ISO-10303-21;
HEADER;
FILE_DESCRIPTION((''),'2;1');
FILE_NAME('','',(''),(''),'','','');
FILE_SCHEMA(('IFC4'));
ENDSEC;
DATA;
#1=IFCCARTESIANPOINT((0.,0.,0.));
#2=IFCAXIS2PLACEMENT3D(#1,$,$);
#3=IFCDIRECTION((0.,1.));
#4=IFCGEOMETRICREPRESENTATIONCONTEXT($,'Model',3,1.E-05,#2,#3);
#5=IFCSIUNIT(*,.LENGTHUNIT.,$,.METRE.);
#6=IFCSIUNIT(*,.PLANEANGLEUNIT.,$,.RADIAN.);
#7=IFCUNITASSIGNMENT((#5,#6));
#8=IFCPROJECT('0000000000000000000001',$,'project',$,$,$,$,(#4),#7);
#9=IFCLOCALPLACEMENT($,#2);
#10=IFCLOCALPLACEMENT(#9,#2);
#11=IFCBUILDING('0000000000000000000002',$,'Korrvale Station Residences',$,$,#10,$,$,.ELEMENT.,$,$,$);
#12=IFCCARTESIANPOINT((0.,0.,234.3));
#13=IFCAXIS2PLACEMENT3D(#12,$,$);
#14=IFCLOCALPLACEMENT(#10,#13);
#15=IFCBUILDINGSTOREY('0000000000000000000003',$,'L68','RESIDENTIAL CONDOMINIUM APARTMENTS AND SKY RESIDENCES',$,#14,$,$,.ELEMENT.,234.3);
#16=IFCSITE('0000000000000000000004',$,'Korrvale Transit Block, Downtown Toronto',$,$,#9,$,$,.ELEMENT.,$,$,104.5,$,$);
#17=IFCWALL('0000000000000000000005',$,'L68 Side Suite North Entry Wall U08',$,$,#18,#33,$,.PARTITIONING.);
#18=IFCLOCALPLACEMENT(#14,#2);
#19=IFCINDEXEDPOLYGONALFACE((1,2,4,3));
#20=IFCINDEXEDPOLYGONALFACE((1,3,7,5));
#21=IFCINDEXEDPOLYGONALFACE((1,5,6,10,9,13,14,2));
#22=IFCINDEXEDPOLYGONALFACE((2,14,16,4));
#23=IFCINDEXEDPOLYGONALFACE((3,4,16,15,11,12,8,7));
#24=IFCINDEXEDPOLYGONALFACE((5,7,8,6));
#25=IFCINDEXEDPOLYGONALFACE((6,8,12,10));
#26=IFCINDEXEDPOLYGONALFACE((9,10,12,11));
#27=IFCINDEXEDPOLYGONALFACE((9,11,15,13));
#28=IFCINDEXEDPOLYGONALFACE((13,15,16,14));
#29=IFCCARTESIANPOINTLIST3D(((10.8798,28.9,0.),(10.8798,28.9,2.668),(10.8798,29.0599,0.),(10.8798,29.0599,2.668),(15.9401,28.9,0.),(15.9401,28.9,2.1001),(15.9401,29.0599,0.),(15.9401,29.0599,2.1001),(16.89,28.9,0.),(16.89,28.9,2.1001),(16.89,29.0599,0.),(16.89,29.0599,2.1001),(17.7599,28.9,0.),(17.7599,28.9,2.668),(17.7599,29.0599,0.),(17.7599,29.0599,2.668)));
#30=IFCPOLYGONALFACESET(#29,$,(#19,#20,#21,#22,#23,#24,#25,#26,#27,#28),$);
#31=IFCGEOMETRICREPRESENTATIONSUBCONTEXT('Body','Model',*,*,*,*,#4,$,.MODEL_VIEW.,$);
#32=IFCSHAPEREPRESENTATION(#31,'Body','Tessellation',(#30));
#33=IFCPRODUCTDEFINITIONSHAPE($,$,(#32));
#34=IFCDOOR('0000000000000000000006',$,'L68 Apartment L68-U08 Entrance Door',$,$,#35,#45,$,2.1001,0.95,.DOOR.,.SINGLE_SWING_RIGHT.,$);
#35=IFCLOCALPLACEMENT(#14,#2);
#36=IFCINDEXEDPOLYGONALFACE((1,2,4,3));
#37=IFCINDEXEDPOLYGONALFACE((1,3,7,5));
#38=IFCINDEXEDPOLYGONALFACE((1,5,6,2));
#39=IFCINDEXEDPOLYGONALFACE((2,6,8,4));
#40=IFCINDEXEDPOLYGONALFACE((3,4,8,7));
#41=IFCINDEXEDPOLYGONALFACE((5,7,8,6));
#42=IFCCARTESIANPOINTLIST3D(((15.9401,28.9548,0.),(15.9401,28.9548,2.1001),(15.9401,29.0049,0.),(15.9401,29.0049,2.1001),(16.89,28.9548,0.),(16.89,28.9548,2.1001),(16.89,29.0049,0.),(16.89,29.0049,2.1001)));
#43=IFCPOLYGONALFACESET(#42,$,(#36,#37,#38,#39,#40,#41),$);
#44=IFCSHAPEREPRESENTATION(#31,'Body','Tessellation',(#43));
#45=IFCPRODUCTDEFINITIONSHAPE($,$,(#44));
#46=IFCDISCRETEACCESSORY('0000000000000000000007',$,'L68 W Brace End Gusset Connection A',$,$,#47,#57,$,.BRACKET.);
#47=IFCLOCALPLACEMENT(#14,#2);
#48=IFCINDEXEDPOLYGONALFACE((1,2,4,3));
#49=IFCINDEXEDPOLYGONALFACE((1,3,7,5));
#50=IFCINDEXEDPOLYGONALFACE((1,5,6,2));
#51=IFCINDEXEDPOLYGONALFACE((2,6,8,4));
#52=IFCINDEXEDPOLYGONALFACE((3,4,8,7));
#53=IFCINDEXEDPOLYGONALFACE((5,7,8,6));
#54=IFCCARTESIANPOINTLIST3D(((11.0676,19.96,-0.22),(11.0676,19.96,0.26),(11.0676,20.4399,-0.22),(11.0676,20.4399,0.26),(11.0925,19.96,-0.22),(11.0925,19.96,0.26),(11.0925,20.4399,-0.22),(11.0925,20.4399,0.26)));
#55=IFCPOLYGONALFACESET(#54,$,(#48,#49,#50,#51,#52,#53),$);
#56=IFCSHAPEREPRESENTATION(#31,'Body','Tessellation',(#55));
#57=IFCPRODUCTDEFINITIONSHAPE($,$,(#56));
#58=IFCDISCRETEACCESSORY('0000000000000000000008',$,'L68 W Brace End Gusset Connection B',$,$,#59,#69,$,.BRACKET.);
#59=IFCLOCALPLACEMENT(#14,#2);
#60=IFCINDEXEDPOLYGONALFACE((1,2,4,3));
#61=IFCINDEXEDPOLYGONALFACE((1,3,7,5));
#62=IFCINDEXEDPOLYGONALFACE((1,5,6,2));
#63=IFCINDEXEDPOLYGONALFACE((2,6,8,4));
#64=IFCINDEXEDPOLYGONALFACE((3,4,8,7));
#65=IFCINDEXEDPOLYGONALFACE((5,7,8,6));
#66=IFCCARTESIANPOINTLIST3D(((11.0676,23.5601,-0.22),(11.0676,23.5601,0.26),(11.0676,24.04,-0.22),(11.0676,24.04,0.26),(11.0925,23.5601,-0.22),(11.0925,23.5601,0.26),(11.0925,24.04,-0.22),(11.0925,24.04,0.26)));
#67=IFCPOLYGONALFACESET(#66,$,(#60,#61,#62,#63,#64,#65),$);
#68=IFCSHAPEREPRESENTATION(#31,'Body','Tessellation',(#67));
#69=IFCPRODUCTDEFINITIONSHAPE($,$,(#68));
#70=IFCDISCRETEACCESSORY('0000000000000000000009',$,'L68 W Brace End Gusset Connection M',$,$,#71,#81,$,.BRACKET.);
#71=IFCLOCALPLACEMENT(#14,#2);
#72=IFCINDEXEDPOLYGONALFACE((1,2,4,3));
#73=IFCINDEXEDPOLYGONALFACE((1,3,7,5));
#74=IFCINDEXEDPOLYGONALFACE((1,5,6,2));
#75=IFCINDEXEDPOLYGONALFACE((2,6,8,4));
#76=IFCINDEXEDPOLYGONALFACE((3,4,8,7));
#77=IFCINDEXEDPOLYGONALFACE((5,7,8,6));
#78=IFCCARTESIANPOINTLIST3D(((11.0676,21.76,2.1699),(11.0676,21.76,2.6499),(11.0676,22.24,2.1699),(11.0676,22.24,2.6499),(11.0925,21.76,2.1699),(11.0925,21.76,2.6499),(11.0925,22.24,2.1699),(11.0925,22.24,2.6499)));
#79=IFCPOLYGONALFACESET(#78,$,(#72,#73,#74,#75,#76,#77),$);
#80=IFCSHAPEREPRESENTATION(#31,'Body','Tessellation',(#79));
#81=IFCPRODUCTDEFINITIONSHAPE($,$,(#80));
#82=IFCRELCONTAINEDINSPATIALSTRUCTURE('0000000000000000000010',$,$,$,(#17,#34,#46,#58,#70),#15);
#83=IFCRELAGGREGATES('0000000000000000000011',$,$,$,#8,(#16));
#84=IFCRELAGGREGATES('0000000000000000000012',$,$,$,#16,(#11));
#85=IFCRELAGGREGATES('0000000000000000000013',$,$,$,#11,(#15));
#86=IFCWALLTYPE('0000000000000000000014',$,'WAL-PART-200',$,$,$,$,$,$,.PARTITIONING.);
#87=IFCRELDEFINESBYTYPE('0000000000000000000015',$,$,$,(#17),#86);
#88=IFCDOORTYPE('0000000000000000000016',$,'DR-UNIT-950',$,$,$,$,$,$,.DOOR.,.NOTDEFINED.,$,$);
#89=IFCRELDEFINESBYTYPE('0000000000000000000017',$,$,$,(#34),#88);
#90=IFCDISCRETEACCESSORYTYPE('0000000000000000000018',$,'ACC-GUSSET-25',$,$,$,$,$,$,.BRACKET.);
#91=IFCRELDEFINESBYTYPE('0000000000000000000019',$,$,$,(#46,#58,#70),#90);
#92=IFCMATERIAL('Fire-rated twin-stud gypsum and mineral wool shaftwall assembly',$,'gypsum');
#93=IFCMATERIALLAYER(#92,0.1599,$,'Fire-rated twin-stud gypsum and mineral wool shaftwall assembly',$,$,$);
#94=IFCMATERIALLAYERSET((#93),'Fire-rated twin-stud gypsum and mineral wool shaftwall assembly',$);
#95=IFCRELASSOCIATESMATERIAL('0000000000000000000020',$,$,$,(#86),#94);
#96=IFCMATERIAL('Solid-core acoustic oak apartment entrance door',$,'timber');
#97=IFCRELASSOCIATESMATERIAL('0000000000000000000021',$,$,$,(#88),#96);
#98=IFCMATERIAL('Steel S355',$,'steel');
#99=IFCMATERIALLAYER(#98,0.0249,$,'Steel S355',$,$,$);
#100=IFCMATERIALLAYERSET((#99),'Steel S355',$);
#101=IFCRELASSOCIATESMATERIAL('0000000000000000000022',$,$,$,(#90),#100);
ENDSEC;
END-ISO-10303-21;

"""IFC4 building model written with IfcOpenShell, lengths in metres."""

from ifc_helpers import new_model, si_unit, direction, frame, frame_2d, origin, origin_2d, place, context, subcontext, project, spatial, rectangle, extrude, material, layer, layer_set, type_object, element, fill, save


model = new_model("IFC4")

# Units and contexts
model_context = context("Model", 3, precision=1e-05, world=origin(), true_north=direction((0.0, 1.0)))
body_context = subcontext(model_context, "Body", "Model", "MODEL_VIEW")
ifc_project = project(units=[si_unit("LENGTHUNIT", "METRE"), si_unit("PLANEANGLEUNIT", "RADIAN")], contexts=[model_context])

# Site, building, storey
site_placement = place(None, origin())
site = spatial("IfcSite", under=ifc_project, at=site_placement, Name="Korrvale Transit Block, Downtown Toronto", CompositionType="ELEMENT", RefElevation=104.5)
building_placement = place(site_placement, origin())
building = spatial("IfcBuilding", under=site, at=building_placement, Name="Korrvale Station Residences", CompositionType="ELEMENT")
storey_placement = place(building_placement, frame((0.0, 0.0, 234.3)))
storey = spatial("IfcBuildingStorey", under=building, at=storey_placement, Name="L68", Description="RESIDENTIAL CONDOMINIUM APARTMENTS AND SKY RESIDENCES", CompositionType="ELEMENT", Elevation=234.3)

# Shared definitions
ifc_material_1 = material(Name="Steel S355", Category="steel")

# Shared definitions
ifc_material_2 = material(Name="Fire-rated twin-stud gypsum and mineral wool shaftwall assembly", Category="gypsum")
ifc_layer_1 = layer(ifc_material_2, 0.1599, Name="Fire-rated twin-stud gypsum and mineral wool shaftwall assembly")
ifc_layer_set_1 = layer_set([ifc_layer_1], Name="Fire-rated twin-stud gypsum and mineral wool shaftwall assembly")
wall_type_1 = type_object("IfcWallType", Name="WAL-PART-200", PredefinedType="PARTITIONING", material=ifc_layer_set_1)

# Wall, opening, door
wall_1_placement = place(storey_placement, frame((10.8799, 28.98, 0.0), z_axis=(0.0, 0.0, 1.0), x_axis=(1.0, 0.0, 0.0)))
wall_1 = element("IfcWall", 1, at=wall_1_placement, inside=storey, type_object=wall_type_1, Name="L68 Side Suite North Entry Wall U08", PredefinedType="PARTITIONING", context=body_context, shape_type="SweptSolid", body=[
    extrude(rectangle(XDim=6.8801, YDim=0.1599, at=frame_2d((3.4399, 0.0))), origin(), (0.0, 0.0, 1.0), 2.668),
])
opening_1_placement = place(wall_1_placement, frame((5.0601, 0.0, 0.0)))
opening_1 = element("IfcOpeningElement", 2, at=opening_1_placement, cuts=wall_1, PredefinedType="OPENING", context=body_context, shape_type="SweptSolid", body=[
    extrude(rectangle(XDim=0.95, YDim=2.1001, at=frame_2d((0.4751, 1.05))), frame((0.0, 0.0898, 0.0), z_axis=(0.0, -1.0, 0.0), x_axis=(1.0, 0.0, 0.0)), (0.0, 0.0, 1.0), 0.1799),
])
ifc_material_3 = material(Name="Solid-core acoustic oak apartment entrance door", Category="timber")
door_type_1 = type_object("IfcDoorType", Name="DR-UNIT-950", OperationType="NOTDEFINED", PredefinedType="DOOR", material=ifc_material_3)
door_1_placement = place(opening_1_placement, origin())
door_1 = element("IfcDoor", 3, at=door_1_placement, inside=storey, type_object=door_type_1, Name="L68 Apartment L68-U08 Entrance Door", OperationType="SINGLE_SWING_RIGHT", OverallHeight=2.1001, OverallWidth=0.95, PredefinedType="DOOR", context=body_context, shape_type="SweptSolid", body=[
    extrude(rectangle(XDim=0.95, YDim=2.1001, at=frame_2d((0.4751, 1.05))), frame((0.0, 0.0249, 0.0), z_axis=(0.0, -1.0, 0.0), x_axis=(1.0, 0.0, 0.0)), (0.0, 0.0, 1.0), 0.05),
])
fill(opening_1, door_1)

# Discrete accessories
ifc_layer_2 = layer(ifc_material_1, 0.0249, Name="Steel S355")
ifc_layer_set_2 = layer_set([ifc_layer_2], Name="Steel S355")
discrete_accessory_type = type_object("IfcDiscreteAccessoryType", Name="ACC-GUSSET-25", PredefinedType="BRACKET", material=ifc_layer_set_2)
for number, where, z_axis, x_axis, name in (
    (4, (11.0801, 20.2, -0.22), (0.0, 0.0, 1.0), (0.0, 1.0, 0.0), "L68 W Brace End Gusset Connection A"),
    (5, (11.0801, 23.8, -0.22), (0.0, 0.0, 1.0), (0.0, 1.0, 0.0), "L68 W Brace End Gusset Connection B"),
    (6, (11.0801, 22.0, 2.1699), (0.0, 0.0, 1.0), (0.0, 1.0, 0.0), "L68 W Brace End Gusset Connection M"),
):
    element("IfcDiscreteAccessory", number, at=place(storey_placement, frame(where, z_axis=z_axis, x_axis=x_axis)), inside=storey, type_object=discrete_accessory_type, Name=name, PredefinedType="BRACKET", context=body_context, shape_type="SweptSolid", body=[
        extrude(rectangle(XDim=0.48, YDim=0.0249, at=origin_2d()), origin(), (0.0, 0.0, 1.0), 0.48),
    ])

save(model, "model.ifc")
